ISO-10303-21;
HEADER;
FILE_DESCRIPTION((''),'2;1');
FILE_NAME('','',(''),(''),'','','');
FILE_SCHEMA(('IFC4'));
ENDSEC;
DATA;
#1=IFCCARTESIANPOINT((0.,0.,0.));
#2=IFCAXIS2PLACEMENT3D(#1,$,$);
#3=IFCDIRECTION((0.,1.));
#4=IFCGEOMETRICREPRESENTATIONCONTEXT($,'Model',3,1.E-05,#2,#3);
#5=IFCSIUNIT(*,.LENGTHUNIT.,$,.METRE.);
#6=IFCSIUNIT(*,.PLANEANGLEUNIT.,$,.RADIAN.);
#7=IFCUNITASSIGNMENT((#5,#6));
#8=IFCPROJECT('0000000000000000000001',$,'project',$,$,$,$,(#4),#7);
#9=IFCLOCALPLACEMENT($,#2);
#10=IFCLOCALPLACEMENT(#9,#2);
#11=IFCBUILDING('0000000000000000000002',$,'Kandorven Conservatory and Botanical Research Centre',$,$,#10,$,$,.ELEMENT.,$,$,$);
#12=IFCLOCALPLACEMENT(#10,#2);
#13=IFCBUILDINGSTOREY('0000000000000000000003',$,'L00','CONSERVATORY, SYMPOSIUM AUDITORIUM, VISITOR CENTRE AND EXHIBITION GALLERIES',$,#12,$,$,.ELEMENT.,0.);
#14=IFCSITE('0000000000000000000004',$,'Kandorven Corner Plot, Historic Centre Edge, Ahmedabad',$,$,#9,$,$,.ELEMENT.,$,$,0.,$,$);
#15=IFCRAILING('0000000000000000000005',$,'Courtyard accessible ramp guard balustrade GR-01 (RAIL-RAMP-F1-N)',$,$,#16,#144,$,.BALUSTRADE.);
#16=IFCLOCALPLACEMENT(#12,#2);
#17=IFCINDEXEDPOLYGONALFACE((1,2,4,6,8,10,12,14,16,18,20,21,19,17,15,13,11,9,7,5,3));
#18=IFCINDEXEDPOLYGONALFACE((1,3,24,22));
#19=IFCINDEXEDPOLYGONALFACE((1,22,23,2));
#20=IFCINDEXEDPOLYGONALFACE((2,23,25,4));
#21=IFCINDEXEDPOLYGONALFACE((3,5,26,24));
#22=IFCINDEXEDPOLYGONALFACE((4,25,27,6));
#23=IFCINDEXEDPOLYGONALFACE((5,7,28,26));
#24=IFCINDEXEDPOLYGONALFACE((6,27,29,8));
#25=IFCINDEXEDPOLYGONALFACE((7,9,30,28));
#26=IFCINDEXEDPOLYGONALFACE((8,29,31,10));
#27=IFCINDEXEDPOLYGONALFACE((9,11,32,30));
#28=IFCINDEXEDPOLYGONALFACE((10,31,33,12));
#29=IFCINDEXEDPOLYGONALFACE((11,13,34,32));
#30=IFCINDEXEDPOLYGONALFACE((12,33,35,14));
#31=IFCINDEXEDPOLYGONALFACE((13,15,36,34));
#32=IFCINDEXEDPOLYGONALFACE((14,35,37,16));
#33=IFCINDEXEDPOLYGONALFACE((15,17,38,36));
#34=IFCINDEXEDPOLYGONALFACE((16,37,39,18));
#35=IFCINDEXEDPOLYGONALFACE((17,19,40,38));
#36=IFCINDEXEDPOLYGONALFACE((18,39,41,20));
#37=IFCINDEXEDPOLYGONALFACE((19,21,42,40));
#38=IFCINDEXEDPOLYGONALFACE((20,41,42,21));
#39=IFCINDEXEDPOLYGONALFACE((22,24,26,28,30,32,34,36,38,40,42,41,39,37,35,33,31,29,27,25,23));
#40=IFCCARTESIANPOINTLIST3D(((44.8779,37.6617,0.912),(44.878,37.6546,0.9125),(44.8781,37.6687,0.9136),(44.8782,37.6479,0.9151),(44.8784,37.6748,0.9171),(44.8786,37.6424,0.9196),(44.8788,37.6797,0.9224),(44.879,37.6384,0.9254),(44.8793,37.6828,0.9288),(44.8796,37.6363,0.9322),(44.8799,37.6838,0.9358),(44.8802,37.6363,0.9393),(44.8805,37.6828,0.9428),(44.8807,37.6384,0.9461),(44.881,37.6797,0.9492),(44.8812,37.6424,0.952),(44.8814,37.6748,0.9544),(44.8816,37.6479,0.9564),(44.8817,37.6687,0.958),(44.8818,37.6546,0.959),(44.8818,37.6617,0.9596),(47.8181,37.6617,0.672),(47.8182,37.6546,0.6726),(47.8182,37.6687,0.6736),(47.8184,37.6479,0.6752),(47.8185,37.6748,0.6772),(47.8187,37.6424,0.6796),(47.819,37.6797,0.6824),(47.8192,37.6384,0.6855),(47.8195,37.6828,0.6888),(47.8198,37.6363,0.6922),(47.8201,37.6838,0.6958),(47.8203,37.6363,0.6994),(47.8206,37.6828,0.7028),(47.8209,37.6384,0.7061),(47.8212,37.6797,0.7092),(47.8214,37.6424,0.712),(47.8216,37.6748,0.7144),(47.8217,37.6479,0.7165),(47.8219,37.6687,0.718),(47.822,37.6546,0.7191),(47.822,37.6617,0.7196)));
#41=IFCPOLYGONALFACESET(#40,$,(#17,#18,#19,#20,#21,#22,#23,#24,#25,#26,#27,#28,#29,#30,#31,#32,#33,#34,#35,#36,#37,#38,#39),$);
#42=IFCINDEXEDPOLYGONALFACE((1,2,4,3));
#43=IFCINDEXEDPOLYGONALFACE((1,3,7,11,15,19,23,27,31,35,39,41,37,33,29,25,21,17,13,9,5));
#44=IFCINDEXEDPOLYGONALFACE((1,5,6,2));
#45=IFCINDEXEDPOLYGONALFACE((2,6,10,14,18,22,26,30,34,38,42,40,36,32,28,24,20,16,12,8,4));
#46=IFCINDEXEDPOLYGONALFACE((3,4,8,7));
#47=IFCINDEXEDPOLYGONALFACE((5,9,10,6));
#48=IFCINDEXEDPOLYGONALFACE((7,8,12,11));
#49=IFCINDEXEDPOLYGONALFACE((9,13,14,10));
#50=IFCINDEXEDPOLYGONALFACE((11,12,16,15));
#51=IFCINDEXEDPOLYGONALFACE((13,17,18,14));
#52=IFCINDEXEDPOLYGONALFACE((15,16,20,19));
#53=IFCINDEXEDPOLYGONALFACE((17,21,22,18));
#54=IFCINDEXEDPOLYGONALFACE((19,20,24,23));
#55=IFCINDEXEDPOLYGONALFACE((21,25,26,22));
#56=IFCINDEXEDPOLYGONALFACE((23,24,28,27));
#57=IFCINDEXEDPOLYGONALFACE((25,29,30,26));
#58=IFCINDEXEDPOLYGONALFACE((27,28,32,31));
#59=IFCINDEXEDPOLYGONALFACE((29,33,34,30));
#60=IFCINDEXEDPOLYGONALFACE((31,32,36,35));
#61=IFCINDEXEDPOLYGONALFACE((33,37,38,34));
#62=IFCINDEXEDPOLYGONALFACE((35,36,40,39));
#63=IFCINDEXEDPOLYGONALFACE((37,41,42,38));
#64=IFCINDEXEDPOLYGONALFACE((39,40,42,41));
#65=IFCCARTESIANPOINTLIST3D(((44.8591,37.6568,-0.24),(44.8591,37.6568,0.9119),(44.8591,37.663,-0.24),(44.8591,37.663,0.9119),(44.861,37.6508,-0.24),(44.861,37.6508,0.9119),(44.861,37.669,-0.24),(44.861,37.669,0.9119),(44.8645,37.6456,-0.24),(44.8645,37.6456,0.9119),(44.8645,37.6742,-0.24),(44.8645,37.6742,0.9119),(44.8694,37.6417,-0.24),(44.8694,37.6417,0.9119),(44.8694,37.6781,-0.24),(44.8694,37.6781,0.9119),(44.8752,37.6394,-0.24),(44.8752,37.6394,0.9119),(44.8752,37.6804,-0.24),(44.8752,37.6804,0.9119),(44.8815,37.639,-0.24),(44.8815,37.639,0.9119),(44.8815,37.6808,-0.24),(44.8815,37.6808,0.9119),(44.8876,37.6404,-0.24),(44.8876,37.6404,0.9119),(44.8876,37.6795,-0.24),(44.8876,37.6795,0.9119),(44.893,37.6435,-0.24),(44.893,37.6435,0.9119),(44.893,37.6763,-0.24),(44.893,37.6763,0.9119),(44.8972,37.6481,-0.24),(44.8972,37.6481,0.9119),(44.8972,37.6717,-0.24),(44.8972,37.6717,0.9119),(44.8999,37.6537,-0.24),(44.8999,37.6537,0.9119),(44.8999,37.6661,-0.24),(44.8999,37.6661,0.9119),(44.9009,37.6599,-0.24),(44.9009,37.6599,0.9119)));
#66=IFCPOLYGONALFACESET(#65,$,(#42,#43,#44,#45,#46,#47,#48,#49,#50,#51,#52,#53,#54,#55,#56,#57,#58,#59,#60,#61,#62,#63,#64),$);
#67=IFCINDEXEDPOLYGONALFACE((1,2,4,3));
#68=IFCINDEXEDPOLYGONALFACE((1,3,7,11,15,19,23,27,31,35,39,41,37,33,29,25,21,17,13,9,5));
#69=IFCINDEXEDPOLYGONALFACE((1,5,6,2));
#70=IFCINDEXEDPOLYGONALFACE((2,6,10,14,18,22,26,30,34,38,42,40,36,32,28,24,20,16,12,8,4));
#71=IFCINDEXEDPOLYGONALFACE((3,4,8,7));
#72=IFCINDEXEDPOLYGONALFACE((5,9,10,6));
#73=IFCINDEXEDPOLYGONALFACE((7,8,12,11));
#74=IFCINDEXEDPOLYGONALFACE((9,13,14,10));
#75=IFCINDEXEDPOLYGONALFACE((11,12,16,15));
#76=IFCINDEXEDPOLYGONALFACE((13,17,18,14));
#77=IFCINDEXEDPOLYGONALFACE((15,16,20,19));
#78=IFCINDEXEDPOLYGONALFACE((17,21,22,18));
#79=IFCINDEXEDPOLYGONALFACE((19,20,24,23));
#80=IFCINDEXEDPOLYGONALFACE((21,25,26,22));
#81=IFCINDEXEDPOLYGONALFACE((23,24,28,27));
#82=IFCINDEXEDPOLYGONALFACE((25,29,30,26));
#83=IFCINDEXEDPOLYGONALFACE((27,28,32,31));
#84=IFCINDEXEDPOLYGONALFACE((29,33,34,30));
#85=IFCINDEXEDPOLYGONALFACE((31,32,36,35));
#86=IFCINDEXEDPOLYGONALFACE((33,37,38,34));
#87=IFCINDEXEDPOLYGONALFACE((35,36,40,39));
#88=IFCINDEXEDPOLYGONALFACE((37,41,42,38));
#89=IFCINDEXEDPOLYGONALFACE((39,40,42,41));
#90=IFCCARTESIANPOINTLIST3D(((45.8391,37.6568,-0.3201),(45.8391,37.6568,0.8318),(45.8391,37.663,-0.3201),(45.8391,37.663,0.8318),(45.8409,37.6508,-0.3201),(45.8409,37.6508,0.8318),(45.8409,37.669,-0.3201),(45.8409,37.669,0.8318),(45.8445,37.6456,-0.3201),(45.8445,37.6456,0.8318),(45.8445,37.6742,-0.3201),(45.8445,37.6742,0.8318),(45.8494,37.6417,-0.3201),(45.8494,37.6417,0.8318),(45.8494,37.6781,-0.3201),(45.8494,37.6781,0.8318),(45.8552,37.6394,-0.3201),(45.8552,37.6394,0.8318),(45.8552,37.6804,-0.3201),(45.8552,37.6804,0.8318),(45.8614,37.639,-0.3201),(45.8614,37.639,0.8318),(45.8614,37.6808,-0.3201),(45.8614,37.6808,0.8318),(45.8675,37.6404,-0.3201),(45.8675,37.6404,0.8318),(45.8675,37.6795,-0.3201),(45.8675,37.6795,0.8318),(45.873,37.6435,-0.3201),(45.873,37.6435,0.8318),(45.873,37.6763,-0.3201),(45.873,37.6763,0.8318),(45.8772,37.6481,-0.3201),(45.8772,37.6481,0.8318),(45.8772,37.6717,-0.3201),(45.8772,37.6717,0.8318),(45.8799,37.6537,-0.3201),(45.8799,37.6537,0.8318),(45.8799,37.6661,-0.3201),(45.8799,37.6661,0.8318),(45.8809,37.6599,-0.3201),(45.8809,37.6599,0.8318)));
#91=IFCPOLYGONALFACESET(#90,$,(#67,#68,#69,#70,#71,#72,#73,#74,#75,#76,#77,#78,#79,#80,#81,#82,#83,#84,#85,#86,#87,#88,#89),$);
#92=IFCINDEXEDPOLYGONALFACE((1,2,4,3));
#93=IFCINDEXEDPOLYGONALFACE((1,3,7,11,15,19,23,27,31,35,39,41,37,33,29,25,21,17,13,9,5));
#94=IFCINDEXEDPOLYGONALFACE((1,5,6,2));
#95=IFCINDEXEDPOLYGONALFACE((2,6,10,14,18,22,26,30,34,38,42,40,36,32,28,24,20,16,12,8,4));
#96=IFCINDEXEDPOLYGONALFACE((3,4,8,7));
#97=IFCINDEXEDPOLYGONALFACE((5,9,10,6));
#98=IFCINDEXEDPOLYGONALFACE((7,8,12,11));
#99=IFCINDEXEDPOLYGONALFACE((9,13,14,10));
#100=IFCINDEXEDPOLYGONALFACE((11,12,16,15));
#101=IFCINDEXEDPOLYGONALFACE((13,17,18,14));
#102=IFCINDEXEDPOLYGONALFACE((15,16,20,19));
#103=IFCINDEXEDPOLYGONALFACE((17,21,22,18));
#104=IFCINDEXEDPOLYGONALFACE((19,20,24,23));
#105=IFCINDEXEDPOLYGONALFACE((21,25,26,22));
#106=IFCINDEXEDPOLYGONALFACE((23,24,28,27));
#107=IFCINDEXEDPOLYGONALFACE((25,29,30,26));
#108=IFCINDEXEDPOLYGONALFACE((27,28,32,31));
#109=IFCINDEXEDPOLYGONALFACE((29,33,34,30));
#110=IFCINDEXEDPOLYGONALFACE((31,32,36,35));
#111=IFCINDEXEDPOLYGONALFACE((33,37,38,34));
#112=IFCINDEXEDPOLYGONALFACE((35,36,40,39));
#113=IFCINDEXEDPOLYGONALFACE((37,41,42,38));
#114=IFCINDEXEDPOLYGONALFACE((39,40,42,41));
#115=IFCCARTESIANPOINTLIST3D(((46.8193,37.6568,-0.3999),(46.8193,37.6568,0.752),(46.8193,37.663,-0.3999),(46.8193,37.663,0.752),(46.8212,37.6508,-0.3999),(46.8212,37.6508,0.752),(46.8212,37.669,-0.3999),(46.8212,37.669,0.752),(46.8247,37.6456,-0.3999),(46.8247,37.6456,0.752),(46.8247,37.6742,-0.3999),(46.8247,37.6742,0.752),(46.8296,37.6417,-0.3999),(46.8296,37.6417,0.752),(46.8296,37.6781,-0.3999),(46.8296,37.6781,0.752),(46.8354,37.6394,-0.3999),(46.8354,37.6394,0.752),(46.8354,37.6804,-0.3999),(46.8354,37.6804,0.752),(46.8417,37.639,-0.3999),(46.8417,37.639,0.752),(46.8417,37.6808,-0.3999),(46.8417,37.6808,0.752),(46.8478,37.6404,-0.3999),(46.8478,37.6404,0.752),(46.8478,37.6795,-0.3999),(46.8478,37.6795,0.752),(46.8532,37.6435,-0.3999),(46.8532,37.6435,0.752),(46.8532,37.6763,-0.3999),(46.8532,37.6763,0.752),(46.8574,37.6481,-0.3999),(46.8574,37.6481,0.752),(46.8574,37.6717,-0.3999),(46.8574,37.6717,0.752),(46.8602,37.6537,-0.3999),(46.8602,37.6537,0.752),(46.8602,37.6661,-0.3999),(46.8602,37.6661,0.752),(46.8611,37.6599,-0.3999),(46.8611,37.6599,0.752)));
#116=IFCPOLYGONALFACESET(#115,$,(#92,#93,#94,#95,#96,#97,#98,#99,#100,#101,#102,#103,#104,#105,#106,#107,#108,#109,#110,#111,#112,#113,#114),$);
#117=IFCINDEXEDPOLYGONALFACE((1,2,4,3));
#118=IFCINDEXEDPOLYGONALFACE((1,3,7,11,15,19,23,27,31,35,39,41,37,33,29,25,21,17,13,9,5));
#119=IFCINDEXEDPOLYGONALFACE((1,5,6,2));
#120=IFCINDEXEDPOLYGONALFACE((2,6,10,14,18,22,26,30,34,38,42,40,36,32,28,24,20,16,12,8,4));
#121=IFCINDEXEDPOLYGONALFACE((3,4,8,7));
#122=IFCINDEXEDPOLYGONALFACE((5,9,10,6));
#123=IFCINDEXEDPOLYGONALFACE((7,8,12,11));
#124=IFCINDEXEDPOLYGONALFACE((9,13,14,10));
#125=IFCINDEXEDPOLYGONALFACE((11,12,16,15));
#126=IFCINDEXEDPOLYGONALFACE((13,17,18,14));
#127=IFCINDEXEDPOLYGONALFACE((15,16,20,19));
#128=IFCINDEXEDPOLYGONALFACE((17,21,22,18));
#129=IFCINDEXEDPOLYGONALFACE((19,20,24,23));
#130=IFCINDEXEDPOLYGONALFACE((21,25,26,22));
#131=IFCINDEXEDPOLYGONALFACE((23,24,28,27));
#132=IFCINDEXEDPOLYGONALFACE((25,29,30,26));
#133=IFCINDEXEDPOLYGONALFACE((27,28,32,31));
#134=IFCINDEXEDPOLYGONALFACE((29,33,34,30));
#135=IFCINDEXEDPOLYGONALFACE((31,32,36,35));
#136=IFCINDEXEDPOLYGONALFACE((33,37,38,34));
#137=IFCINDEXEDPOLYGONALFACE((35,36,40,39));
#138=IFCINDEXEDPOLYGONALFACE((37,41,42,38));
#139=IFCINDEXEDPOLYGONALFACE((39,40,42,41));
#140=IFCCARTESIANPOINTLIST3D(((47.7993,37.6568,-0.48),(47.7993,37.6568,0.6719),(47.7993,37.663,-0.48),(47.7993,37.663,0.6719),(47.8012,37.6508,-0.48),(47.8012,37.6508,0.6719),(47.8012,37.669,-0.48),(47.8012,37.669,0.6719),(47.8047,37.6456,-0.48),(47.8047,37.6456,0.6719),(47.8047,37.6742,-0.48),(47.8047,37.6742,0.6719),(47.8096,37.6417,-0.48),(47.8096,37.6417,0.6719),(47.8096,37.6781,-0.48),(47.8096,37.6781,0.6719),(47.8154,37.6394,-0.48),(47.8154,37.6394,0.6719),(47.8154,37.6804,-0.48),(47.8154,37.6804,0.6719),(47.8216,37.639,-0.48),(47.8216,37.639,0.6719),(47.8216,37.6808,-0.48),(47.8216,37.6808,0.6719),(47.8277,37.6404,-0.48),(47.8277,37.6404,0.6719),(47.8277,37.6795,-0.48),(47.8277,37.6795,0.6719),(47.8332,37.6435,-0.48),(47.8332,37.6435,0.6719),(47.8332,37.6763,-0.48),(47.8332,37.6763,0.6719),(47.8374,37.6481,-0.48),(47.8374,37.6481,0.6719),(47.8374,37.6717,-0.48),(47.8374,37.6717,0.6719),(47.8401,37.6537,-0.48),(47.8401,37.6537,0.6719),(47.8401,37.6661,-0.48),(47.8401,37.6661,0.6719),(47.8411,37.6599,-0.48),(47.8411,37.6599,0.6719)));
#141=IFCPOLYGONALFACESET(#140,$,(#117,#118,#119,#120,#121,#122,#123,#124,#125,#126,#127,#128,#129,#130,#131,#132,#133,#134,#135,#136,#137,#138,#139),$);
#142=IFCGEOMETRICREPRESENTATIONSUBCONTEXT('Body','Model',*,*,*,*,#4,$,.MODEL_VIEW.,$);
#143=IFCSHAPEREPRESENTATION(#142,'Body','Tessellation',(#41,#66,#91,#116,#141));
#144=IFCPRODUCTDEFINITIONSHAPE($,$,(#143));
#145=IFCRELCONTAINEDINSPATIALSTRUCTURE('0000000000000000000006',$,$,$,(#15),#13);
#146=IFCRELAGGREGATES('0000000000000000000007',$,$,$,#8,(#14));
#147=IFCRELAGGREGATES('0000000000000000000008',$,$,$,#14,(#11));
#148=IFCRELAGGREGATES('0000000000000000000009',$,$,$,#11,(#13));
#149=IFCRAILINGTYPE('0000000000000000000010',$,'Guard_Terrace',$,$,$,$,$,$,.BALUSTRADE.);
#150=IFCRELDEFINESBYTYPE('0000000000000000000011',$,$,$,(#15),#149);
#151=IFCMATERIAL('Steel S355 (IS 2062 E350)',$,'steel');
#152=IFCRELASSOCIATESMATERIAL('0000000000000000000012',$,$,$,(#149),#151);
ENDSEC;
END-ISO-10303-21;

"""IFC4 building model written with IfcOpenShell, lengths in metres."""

from ifc_helpers import new_model, si_unit, direction, frame, origin, origin_2d, place, context, subcontext, project, spatial, circle, extrude, material, type_object, element, save


model = new_model("IFC4")

# Units and contexts
model_context = context("Model", 3, precision=1e-05, world=origin(), true_north=direction((0.0, 1.0)))
body_context = subcontext(model_context, "Body", "Model", "MODEL_VIEW")
ifc_project = project(units=[si_unit("LENGTHUNIT", "METRE"), si_unit("PLANEANGLEUNIT", "RADIAN")], contexts=[model_context])

# Site, building, storey
site_placement = place(None, origin())
site = spatial("IfcSite", under=ifc_project, at=site_placement, Name="Kandorven Corner Plot, Historic Centre Edge, Ahmedabad", CompositionType="ELEMENT", RefElevation=0.0)
building_placement = place(site_placement, origin())
building = spatial("IfcBuilding", under=site, at=building_placement, Name="Kandorven Conservatory and Botanical Research Centre", CompositionType="ELEMENT")
storey_placement = place(building_placement, origin())
storey = spatial("IfcBuildingStorey", under=building, at=storey_placement, Name="L00", Description="CONSERVATORY, SYMPOSIUM AUDITORIUM, VISITOR CENTRE AND EXHIBITION GALLERIES", CompositionType="ELEMENT", Elevation=0.0)

# Railing
ifc_material_1 = material(Name="Steel S355 (IS 2062 E350)", Category="steel")
railing_type_1 = type_object("IfcRailingType", Name="Guard_Terrace", PredefinedType="BALUSTRADE", material=ifc_material_1)
railing_1_placement = place(storey_placement, frame((44.8799, 37.6599, -0.24)))
element("IfcRailing", 1, at=railing_1_placement, inside=storey, type_object=railing_type_1, Name="Courtyard accessible ramp guard balustrade GR-01 (RAIL-RAMP-F1-N)", PredefinedType="BALUSTRADE", context=body_context, shape_type="SweptSolid", body=[
    extrude(circle(Radius=0.0239, at=origin_2d()), frame((0.0, 0.0, 1.1758), z_axis=(0.996685, 0.0, -0.081354), x_axis=(0.0, 1.0, 0.0)), (0.0, 0.0, 1.0), 2.95),
    extrude(circle(Radius=0.021, at=origin_2d()), origin(), (0.0, 0.0, 1.0), 1.1519),
    extrude(circle(Radius=0.021, at=origin_2d()), frame((0.98, 0.0, -0.0801)), (0.0, 0.0, 1.0), 1.1519),
    extrude(circle(Radius=0.021, at=origin_2d()), frame((1.9602, 0.0, -0.1599)), (0.0, 0.0, 1.0), 1.1519),
    extrude(circle(Radius=0.021, at=origin_2d()), frame((2.9402, 0.0, -0.24)), (0.0, 0.0, 1.0), 1.1519),
])

save(model, "model.ifc")
